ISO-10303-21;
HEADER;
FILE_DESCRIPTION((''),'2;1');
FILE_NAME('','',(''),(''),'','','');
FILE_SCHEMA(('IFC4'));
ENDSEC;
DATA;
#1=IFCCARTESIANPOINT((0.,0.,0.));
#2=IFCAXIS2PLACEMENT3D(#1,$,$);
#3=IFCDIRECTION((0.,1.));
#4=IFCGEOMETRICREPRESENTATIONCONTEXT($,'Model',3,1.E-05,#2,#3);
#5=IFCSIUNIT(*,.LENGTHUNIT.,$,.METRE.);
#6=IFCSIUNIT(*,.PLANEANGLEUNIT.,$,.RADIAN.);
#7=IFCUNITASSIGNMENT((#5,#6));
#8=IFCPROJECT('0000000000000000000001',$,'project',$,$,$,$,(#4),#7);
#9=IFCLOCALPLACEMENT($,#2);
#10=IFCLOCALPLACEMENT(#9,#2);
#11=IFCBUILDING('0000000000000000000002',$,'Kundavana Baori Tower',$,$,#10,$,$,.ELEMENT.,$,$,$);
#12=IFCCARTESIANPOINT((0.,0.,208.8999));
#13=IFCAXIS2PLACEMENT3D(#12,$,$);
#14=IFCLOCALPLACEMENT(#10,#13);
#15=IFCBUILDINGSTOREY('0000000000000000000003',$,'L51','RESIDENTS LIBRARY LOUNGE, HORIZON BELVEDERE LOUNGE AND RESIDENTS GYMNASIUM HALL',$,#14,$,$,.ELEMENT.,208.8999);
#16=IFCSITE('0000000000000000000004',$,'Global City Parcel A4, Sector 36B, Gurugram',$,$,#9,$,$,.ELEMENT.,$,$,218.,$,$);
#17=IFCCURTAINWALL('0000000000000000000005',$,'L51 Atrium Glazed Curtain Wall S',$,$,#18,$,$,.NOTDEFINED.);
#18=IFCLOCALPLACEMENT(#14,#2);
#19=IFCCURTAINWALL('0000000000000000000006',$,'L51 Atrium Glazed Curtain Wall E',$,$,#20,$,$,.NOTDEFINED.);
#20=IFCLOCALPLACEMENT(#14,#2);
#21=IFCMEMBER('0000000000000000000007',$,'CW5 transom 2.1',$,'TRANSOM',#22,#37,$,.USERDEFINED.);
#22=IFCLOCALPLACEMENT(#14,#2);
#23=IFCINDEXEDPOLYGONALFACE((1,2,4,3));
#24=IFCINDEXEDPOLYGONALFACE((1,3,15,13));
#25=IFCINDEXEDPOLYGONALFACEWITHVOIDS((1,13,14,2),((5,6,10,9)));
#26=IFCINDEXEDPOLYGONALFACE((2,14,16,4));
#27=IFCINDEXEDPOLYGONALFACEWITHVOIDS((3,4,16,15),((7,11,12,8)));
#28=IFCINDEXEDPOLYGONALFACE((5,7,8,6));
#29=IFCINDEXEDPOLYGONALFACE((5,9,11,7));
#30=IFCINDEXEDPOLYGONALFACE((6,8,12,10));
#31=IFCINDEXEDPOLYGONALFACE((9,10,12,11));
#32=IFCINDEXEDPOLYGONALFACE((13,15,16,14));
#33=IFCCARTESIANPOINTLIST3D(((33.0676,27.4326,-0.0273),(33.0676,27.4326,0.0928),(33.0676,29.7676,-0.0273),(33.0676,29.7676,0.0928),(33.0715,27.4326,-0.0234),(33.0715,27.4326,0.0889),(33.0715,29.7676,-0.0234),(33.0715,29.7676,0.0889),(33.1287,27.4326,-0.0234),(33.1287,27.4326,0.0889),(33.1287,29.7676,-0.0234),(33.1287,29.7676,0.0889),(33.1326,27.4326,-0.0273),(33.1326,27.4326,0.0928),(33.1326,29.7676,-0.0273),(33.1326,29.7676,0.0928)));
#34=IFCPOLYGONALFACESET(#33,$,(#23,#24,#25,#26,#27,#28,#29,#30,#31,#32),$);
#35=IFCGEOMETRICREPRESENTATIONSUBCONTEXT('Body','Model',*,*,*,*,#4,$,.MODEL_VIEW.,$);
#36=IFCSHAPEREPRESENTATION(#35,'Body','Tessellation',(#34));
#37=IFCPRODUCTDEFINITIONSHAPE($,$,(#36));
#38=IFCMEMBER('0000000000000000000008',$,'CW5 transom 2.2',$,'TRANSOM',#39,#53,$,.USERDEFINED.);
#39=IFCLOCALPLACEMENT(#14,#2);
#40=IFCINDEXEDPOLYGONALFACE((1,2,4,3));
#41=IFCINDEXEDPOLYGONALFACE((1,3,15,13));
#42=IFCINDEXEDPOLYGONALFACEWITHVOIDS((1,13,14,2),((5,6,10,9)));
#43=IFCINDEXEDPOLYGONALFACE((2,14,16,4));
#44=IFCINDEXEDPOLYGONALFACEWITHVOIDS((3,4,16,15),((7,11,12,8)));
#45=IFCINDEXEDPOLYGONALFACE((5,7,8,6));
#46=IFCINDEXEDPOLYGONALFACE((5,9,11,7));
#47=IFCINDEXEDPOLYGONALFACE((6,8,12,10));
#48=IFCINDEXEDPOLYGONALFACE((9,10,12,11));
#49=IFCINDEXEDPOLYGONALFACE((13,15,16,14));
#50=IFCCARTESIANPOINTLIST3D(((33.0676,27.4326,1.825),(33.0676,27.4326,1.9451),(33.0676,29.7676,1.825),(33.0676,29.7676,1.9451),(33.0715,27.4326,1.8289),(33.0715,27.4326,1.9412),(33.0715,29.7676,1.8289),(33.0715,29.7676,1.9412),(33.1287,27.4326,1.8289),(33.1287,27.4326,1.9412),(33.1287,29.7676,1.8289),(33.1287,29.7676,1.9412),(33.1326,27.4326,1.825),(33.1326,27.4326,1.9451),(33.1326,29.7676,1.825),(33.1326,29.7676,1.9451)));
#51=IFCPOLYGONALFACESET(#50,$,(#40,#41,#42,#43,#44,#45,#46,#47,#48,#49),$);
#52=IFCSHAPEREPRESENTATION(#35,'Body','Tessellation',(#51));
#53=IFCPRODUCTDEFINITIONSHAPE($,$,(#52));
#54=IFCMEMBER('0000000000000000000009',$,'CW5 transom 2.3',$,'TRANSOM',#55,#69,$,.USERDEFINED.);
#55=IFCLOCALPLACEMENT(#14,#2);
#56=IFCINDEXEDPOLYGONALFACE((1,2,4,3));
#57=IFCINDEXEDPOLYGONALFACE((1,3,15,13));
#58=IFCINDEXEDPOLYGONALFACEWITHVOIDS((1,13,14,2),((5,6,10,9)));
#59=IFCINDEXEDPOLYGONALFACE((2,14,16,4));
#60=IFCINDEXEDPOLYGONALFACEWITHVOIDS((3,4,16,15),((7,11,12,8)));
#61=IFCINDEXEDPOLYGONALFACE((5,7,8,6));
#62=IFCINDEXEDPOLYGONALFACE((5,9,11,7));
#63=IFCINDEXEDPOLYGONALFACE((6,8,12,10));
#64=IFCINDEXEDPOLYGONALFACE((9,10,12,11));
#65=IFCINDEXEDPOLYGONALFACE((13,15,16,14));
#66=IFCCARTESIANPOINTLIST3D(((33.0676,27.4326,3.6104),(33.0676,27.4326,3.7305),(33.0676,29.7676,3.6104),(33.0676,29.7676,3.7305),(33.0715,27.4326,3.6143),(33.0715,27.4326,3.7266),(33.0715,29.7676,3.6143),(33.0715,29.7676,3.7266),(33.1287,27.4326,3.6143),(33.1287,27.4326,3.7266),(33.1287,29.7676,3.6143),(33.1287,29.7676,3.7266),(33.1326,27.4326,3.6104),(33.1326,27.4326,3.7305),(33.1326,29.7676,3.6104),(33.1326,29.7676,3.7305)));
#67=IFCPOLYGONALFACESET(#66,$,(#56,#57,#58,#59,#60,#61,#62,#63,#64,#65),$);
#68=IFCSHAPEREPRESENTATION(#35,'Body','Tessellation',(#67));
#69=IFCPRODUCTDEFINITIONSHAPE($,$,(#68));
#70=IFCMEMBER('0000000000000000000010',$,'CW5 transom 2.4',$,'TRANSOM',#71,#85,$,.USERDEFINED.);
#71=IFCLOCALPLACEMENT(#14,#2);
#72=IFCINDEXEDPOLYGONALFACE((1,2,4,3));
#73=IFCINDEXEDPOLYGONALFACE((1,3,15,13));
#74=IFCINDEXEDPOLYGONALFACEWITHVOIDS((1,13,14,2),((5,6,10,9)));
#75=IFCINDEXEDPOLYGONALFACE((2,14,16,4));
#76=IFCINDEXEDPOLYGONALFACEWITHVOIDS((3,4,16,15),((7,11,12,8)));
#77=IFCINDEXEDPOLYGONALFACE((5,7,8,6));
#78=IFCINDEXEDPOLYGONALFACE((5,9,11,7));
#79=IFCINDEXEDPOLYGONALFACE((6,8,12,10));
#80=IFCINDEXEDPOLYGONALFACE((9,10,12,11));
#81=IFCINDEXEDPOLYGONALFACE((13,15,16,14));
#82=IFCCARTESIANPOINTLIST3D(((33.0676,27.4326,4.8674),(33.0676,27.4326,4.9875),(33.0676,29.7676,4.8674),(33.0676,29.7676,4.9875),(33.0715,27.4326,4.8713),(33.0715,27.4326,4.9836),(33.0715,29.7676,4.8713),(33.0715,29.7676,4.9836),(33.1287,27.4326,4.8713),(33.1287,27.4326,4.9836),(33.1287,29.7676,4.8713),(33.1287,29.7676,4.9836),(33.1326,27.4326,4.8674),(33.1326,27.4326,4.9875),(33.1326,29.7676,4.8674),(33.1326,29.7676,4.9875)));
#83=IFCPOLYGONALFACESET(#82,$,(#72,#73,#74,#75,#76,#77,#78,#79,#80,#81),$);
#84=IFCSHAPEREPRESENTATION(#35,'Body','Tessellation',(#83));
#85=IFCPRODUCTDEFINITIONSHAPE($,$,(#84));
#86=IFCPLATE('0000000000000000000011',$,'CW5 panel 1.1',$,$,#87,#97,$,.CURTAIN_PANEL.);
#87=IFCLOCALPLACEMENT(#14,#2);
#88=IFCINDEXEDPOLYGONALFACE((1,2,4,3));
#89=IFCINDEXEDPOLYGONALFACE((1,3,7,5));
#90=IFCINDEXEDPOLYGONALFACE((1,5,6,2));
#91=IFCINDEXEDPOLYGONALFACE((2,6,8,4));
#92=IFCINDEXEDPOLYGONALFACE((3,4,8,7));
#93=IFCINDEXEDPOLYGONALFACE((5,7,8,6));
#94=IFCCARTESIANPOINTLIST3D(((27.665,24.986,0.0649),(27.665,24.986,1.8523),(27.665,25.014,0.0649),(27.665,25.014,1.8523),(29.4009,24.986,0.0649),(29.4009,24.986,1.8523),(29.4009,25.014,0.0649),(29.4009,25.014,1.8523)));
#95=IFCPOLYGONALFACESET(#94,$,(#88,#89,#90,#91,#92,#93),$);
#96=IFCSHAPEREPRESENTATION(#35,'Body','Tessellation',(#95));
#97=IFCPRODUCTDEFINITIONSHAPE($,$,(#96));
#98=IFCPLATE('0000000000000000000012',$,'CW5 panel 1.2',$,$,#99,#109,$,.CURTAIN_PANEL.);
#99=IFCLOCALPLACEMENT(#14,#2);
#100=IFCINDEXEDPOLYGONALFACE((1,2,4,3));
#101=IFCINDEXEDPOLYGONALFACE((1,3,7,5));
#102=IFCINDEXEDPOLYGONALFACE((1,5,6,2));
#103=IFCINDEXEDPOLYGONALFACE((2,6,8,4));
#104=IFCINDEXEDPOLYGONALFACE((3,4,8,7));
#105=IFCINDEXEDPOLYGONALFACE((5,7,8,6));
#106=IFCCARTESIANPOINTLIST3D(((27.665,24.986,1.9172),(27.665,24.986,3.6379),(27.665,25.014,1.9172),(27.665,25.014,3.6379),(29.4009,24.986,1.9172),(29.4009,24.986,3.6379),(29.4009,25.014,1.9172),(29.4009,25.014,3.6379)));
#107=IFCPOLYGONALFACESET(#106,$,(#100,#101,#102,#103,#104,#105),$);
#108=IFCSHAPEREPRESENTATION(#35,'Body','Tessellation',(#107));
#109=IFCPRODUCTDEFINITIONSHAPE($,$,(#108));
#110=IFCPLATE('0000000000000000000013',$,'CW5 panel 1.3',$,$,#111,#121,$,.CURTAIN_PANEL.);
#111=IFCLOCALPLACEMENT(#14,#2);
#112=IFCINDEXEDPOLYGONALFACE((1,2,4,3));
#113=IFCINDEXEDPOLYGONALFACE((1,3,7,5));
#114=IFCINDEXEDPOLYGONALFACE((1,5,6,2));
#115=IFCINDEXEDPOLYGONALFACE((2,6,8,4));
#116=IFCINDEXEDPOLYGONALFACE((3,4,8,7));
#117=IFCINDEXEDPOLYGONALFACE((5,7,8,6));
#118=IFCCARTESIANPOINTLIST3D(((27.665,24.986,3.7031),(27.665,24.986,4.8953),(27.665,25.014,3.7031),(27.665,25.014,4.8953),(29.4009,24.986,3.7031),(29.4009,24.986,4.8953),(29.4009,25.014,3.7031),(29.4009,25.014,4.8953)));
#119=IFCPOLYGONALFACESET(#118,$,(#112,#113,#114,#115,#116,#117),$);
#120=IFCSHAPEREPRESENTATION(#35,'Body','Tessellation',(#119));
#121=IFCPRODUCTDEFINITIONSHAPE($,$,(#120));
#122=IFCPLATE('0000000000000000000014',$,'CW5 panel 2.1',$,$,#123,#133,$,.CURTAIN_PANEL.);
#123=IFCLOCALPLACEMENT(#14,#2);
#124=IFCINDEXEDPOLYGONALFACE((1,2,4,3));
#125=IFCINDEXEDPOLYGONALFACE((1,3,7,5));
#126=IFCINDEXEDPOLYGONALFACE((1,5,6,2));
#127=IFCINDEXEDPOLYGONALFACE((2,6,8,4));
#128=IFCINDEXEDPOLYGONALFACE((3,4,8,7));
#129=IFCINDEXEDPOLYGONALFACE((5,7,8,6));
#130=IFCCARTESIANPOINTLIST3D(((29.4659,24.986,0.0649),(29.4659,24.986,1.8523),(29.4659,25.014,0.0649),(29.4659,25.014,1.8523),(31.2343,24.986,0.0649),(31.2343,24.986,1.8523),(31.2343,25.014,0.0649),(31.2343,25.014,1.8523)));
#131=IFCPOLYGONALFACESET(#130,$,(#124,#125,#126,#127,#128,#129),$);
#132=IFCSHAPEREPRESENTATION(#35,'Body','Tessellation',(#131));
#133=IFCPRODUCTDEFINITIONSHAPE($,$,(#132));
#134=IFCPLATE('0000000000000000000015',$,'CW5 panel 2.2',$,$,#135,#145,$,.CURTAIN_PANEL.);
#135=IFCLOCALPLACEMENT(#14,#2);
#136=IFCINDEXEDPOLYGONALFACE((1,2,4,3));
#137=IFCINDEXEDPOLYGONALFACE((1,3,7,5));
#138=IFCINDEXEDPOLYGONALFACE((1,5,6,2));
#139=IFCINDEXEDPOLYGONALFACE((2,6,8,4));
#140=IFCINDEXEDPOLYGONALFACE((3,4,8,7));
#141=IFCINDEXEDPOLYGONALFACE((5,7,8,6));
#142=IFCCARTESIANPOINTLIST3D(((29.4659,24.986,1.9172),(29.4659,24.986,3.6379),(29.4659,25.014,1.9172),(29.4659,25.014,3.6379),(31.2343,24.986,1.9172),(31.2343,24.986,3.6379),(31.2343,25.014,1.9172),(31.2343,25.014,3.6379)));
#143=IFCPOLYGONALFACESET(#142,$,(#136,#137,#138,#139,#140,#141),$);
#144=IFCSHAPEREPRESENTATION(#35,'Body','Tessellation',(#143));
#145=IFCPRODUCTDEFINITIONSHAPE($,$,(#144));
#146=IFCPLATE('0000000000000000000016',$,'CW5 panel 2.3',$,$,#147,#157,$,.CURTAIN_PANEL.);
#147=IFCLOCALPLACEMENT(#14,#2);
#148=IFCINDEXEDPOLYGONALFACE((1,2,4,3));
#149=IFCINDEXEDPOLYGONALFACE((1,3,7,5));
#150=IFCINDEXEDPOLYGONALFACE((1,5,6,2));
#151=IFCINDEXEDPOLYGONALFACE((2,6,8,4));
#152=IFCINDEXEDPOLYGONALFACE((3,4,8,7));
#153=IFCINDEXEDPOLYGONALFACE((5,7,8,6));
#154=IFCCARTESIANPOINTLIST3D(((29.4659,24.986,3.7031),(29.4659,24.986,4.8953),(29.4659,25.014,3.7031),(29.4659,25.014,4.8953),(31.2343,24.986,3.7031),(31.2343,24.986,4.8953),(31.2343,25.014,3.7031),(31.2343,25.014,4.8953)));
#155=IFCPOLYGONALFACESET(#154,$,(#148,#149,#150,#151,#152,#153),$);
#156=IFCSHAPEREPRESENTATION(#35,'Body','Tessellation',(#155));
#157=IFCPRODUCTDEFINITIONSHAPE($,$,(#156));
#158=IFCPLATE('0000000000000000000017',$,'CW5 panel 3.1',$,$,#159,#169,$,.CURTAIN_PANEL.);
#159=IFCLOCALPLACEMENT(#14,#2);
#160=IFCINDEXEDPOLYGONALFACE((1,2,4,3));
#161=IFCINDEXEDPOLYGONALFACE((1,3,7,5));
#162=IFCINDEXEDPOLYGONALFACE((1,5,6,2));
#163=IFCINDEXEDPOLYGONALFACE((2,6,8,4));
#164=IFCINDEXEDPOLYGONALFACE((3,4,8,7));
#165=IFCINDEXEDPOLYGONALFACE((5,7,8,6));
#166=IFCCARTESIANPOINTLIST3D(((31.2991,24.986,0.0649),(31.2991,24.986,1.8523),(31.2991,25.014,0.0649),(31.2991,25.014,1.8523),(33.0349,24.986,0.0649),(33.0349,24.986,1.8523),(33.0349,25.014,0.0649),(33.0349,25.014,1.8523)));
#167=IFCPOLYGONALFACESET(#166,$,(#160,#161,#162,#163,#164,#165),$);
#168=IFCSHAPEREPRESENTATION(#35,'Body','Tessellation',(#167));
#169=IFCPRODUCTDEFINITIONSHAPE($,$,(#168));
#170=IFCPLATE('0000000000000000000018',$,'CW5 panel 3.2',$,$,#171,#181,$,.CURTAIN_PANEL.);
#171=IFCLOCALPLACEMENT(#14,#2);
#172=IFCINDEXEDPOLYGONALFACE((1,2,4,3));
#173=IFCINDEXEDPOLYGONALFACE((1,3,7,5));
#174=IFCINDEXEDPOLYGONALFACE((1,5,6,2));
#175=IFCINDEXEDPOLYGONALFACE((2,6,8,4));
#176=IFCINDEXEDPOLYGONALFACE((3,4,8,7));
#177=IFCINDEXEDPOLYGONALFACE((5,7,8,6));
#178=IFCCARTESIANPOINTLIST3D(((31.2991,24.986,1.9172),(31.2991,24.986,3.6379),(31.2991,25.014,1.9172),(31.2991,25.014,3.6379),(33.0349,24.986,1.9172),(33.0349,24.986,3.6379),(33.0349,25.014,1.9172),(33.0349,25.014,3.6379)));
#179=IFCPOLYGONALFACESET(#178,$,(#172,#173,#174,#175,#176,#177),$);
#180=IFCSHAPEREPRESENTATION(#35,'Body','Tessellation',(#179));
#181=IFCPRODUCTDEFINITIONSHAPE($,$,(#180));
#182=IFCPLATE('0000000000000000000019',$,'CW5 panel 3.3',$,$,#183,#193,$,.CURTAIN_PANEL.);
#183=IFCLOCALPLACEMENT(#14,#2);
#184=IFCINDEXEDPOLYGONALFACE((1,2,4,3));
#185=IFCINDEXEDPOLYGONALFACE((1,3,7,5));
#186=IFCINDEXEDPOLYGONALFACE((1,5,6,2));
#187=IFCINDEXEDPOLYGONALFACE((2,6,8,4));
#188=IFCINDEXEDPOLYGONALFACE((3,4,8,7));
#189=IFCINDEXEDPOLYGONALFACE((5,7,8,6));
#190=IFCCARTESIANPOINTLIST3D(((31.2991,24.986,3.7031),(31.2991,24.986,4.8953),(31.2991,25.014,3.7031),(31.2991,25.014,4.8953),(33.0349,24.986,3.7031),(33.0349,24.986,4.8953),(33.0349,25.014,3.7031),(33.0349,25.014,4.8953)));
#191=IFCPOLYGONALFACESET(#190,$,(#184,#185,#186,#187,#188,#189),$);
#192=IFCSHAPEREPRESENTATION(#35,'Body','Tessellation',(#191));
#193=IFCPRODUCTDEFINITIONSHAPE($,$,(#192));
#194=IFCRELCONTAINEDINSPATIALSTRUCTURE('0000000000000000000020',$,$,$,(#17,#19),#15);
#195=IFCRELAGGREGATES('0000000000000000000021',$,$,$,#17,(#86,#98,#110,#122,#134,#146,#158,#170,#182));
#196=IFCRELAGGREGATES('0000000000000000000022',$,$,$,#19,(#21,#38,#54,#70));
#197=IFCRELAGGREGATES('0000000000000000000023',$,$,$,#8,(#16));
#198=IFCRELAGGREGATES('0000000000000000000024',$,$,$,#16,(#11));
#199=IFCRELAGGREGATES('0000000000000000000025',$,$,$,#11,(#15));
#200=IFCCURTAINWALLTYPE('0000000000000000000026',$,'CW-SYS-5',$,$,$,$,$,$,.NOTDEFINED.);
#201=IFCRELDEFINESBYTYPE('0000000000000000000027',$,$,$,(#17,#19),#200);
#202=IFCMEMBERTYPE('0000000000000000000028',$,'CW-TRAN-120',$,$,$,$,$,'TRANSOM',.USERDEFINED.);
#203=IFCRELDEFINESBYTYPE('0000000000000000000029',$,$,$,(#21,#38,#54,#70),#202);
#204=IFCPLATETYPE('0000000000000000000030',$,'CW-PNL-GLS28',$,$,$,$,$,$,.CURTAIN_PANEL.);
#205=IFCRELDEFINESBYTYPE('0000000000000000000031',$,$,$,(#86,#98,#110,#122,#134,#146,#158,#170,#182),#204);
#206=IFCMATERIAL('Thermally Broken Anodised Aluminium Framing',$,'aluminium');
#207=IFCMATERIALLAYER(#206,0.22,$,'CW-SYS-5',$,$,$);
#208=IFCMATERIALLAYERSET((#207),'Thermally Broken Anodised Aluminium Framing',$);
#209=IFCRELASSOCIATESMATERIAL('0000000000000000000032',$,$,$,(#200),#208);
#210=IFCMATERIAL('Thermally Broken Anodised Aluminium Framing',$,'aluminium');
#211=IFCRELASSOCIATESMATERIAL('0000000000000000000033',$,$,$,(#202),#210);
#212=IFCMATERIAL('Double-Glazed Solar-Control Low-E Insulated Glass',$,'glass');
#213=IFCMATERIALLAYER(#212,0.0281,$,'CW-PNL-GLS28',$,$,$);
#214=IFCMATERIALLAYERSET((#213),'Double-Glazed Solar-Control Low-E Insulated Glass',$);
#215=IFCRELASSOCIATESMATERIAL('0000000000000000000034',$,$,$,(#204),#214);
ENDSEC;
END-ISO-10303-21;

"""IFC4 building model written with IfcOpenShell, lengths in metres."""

from ifc_helpers import new_model, si_unit, direction, frame, origin, origin_2d, place, context, subcontext, project, spatial, rectangle, hollow_rectangle, extrude, material, layer, layer_set, material_profile, profile_set, type_object, element, aggregate, save


model = new_model("IFC4")

# Units and contexts
model_context = context("Model", 3, precision=1e-05, world=origin(), true_north=direction((0.0, 1.0)))
body_context = subcontext(model_context, "Body", "Model", "MODEL_VIEW")
ifc_project = project(units=[si_unit("LENGTHUNIT", "METRE"), si_unit("PLANEANGLEUNIT", "RADIAN")], contexts=[model_context])

# Site, building, storey
site_placement = place(None, origin())
site = spatial("IfcSite", under=ifc_project, at=site_placement, Name="Global City Parcel A4, Sector 36B, Gurugram", CompositionType="ELEMENT", RefElevation=218.0)
building_placement = place(site_placement, origin())
building = spatial("IfcBuilding", under=site, at=building_placement, Name="Kundavana Baori Tower", CompositionType="ELEMENT")
storey_placement = place(building_placement, frame((0.0, 0.0, 208.8999)))
storey = spatial("IfcBuildingStorey", under=building, at=storey_placement, Name="L51", Description="RESIDENTS LIBRARY LOUNGE, HORIZON BELVEDERE LOUNGE AND RESIDENTS GYMNASIUM HALL", CompositionType="ELEMENT", Elevation=208.8999)

# Curtain walls
ifc_material_1 = material(Name="Thermally Broken Anodised Aluminium Framing", Category="aluminium")
ifc_layer_1 = layer(ifc_material_1, 0.22, Name="CW-SYS-5")
ifc_layer_set_1 = layer_set([ifc_layer_1], Name="Thermally Broken Anodised Aluminium Framing")
curtain_wall_type = type_object("IfcCurtainWallType", Name="CW-SYS-5", PredefinedType="NOTDEFINED", material=ifc_layer_set_1)
curtain_wall_1_placement = place(storey_placement, origin())
curtain_wall_1 = element("IfcCurtainWall", 1, at=curtain_wall_1_placement, inside=storey, type_object=curtain_wall_type, Name="L51 Atrium Glazed Curtain Wall S", PredefinedType="NOTDEFINED")
curtain_wall_2_placement = place(storey_placement, origin())
curtain_wall_2 = element("IfcCurtainWall", 2, at=curtain_wall_2_placement, inside=storey, type_object=curtain_wall_type, Name="L51 Atrium Glazed Curtain Wall E", PredefinedType="NOTDEFINED")

# Members
ifc_material_2 = material(Name="Thermally Broken Anodised Aluminium Framing", Category="aluminium")
ifc_material_profile_1 = material_profile(ifc_material_2, hollow_rectangle(XDim=0.0649, YDim=0.1201, WallThickness=0.0039, at=origin_2d()), Name="CW-TRAN-120")
ifc_profile_set_1 = profile_set([ifc_material_profile_1], Name="Thermally Broken Anodised Aluminium Framing")
member_type_1 = type_object("IfcMemberType", Name="CW-TRAN-120", ElementType="TRANSOM", PredefinedType="USERDEFINED", material=ifc_profile_set_1)
member_1_placement = place(storey_placement, frame((33.1001, 27.4326, 0.0327), z_axis=(0.0, 1.0, 0.0), x_axis=(-1.0, 0.0, 0.0)))
member_1 = element("IfcMember", 3, at=member_1_placement, type_object=member_type_1, Name="CW5 transom 2.1", ObjectType="TRANSOM", PredefinedType="USERDEFINED", context=body_context, shape_type="SweptSolid", body=[
    extrude(hollow_rectangle(XDim=0.0649, YDim=0.1201, WallThickness=0.0039, at=origin_2d()), origin(), (0.0, 0.0, 1.0), 2.335),
])
member_2_placement = place(storey_placement, frame((33.1001, 27.4326, 1.885), z_axis=(0.0, 1.0, 0.0), x_axis=(-1.0, 0.0, 0.0)))
member_2 = element("IfcMember", 4, at=member_2_placement, type_object=member_type_1, Name="CW5 transom 2.2", ObjectType="TRANSOM", PredefinedType="USERDEFINED", context=body_context, shape_type="SweptSolid", body=[
    extrude(hollow_rectangle(XDim=0.0649, YDim=0.1201, WallThickness=0.0039, at=origin_2d()), origin(), (0.0, 0.0, 1.0), 2.335),
])
member_3_placement = place(storey_placement, frame((33.1001, 27.4326, 3.6704), z_axis=(0.0, 1.0, 0.0), x_axis=(-1.0, 0.0, 0.0)))
member_3 = element("IfcMember", 5, at=member_3_placement, type_object=member_type_1, Name="CW5 transom 2.3", ObjectType="TRANSOM", PredefinedType="USERDEFINED", context=body_context, shape_type="SweptSolid", body=[
    extrude(hollow_rectangle(XDim=0.0649, YDim=0.1201, WallThickness=0.0039, at=origin_2d()), origin(), (0.0, 0.0, 1.0), 2.335),
])
member_4_placement = place(storey_placement, frame((33.1001, 27.4326, 4.9275), z_axis=(0.0, 1.0, 0.0), x_axis=(-1.0, 0.0, 0.0)))
member_4 = element("IfcMember", 6, at=member_4_placement, type_object=member_type_1, Name="CW5 transom 2.4", ObjectType="TRANSOM", PredefinedType="USERDEFINED", context=body_context, shape_type="SweptSolid", body=[
    extrude(hollow_rectangle(XDim=0.0649, YDim=0.1201, WallThickness=0.0039, at=origin_2d()), origin(), (0.0, 0.0, 1.0), 2.335),
])

# Plates
ifc_material_3 = material(Name="Double-Glazed Solar-Control Low-E Insulated Glass", Category="glass")
ifc_layer_2 = layer(ifc_material_3, 0.0281, Name="CW-PNL-GLS28")
ifc_layer_set_2 = layer_set([ifc_layer_2], Name="Double-Glazed Solar-Control Low-E Insulated Glass")
plate_type = type_object("IfcPlateType", Name="CW-PNL-GLS28", PredefinedType="CURTAIN_PANEL", material=ifc_layer_set_2)
plate_1_placement = place(storey_placement, frame((28.533, 25.0, 0.0649), z_axis=(0.0, 0.0, 1.0), x_axis=(1.0, 0.0, 0.0)))
plate_1 = element("IfcPlate", 7, at=plate_1_placement, type_object=plate_type, Name="CW5 panel 1.1", PredefinedType="CURTAIN_PANEL", context=body_context, shape_type="SweptSolid", body=[
    extrude(rectangle(XDim=1.7358, YDim=0.0281, at=origin_2d()), origin(), (0.0, 0.0, 1.0), 1.7874),
])
plate_2_placement = place(storey_placement, frame((28.533, 25.0, 1.9172), z_axis=(0.0, 0.0, 1.0), x_axis=(1.0, 0.0, 0.0)))
plate_2 = element("IfcPlate", 8, at=plate_2_placement, type_object=plate_type, Name="CW5 panel 1.2", PredefinedType="CURTAIN_PANEL", context=body_context, shape_type="SweptSolid", body=[
    extrude(rectangle(XDim=1.7358, YDim=0.0281, at=origin_2d()), origin(), (0.0, 0.0, 1.0), 1.7207),
])
plate_3_placement = place(storey_placement, frame((28.533, 25.0, 3.7031), z_axis=(0.0, 0.0, 1.0), x_axis=(1.0, 0.0, 0.0)))
plate_3 = element("IfcPlate", 9, at=plate_3_placement, type_object=plate_type, Name="CW5 panel 1.3", PredefinedType="CURTAIN_PANEL", context=body_context, shape_type="SweptSolid", body=[
    extrude(rectangle(XDim=1.7358, YDim=0.0281, at=origin_2d()), origin(), (0.0, 0.0, 1.0), 1.1921),
])
plate_4_placement = place(storey_placement, frame((30.3501, 25.0, 0.0649), z_axis=(0.0, 0.0, 1.0), x_axis=(1.0, 0.0, 0.0)))
plate_4 = element("IfcPlate", 10, at=plate_4_placement, type_object=plate_type, Name="CW5 panel 2.1", PredefinedType="CURTAIN_PANEL", context=body_context, shape_type="SweptSolid", body=[
    extrude(rectangle(XDim=1.7683, YDim=0.0281, at=origin_2d()), origin(), (0.0, 0.0, 1.0), 1.7874),
])
plate_5_placement = place(storey_placement, frame((30.3501, 25.0, 1.9172), z_axis=(0.0, 0.0, 1.0), x_axis=(1.0, 0.0, 0.0)))
plate_5 = element("IfcPlate", 11, at=plate_5_placement, type_object=plate_type, Name="CW5 panel 2.2", PredefinedType="CURTAIN_PANEL", context=body_context, shape_type="SweptSolid", body=[
    extrude(rectangle(XDim=1.7683, YDim=0.0281, at=origin_2d()), origin(), (0.0, 0.0, 1.0), 1.7207),
])
plate_6_placement = place(storey_placement, frame((30.3501, 25.0, 3.7031), z_axis=(0.0, 0.0, 1.0), x_axis=(1.0, 0.0, 0.0)))
plate_6 = element("IfcPlate", 12, at=plate_6_placement, type_object=plate_type, Name="CW5 panel 2.3", PredefinedType="CURTAIN_PANEL", context=body_context, shape_type="SweptSolid", body=[
    extrude(rectangle(XDim=1.7683, YDim=0.0281, at=origin_2d()), origin(), (0.0, 0.0, 1.0), 1.1921),
])
plate_7_placement = place(storey_placement, frame((32.167, 25.0, 0.0649), z_axis=(0.0, 0.0, 1.0), x_axis=(1.0, 0.0, 0.0)))
plate_7 = element("IfcPlate", 13, at=plate_7_placement, type_object=plate_type, Name="CW5 panel 3.1", PredefinedType="CURTAIN_PANEL", context=body_context, shape_type="SweptSolid", body=[
    extrude(rectangle(XDim=1.7358, YDim=0.0281, at=origin_2d()), origin(), (0.0, 0.0, 1.0), 1.7874),
])
plate_8_placement = place(storey_placement, frame((32.167, 25.0, 1.9172), z_axis=(0.0, 0.0, 1.0), x_axis=(1.0, 0.0, 0.0)))
plate_8 = element("IfcPlate", 14, at=plate_8_placement, type_object=plate_type, Name="CW5 panel 3.2", PredefinedType="CURTAIN_PANEL", context=body_context, shape_type="SweptSolid", body=[
    extrude(rectangle(XDim=1.7358, YDim=0.0281, at=origin_2d()), origin(), (0.0, 0.0, 1.0), 1.7207),
])
plate_9_placement = place(storey_placement, frame((32.167, 25.0, 3.7031), z_axis=(0.0, 0.0, 1.0), x_axis=(1.0, 0.0, 0.0)))
plate_9 = element("IfcPlate", 15, at=plate_9_placement, type_object=plate_type, Name="CW5 panel 3.3", PredefinedType="CURTAIN_PANEL", context=body_context, shape_type="SweptSolid", body=[
    extrude(rectangle(XDim=1.7358, YDim=0.0281, at=origin_2d()), origin(), (0.0, 0.0, 1.0), 1.1921),
])
aggregate(curtain_wall_1, [plate_1, plate_2, plate_3, plate_4, plate_5, plate_6, plate_7, plate_8, plate_9])
aggregate(curtain_wall_2, [member_1, member_2, member_3, member_4])

save(model, "model.ifc")
